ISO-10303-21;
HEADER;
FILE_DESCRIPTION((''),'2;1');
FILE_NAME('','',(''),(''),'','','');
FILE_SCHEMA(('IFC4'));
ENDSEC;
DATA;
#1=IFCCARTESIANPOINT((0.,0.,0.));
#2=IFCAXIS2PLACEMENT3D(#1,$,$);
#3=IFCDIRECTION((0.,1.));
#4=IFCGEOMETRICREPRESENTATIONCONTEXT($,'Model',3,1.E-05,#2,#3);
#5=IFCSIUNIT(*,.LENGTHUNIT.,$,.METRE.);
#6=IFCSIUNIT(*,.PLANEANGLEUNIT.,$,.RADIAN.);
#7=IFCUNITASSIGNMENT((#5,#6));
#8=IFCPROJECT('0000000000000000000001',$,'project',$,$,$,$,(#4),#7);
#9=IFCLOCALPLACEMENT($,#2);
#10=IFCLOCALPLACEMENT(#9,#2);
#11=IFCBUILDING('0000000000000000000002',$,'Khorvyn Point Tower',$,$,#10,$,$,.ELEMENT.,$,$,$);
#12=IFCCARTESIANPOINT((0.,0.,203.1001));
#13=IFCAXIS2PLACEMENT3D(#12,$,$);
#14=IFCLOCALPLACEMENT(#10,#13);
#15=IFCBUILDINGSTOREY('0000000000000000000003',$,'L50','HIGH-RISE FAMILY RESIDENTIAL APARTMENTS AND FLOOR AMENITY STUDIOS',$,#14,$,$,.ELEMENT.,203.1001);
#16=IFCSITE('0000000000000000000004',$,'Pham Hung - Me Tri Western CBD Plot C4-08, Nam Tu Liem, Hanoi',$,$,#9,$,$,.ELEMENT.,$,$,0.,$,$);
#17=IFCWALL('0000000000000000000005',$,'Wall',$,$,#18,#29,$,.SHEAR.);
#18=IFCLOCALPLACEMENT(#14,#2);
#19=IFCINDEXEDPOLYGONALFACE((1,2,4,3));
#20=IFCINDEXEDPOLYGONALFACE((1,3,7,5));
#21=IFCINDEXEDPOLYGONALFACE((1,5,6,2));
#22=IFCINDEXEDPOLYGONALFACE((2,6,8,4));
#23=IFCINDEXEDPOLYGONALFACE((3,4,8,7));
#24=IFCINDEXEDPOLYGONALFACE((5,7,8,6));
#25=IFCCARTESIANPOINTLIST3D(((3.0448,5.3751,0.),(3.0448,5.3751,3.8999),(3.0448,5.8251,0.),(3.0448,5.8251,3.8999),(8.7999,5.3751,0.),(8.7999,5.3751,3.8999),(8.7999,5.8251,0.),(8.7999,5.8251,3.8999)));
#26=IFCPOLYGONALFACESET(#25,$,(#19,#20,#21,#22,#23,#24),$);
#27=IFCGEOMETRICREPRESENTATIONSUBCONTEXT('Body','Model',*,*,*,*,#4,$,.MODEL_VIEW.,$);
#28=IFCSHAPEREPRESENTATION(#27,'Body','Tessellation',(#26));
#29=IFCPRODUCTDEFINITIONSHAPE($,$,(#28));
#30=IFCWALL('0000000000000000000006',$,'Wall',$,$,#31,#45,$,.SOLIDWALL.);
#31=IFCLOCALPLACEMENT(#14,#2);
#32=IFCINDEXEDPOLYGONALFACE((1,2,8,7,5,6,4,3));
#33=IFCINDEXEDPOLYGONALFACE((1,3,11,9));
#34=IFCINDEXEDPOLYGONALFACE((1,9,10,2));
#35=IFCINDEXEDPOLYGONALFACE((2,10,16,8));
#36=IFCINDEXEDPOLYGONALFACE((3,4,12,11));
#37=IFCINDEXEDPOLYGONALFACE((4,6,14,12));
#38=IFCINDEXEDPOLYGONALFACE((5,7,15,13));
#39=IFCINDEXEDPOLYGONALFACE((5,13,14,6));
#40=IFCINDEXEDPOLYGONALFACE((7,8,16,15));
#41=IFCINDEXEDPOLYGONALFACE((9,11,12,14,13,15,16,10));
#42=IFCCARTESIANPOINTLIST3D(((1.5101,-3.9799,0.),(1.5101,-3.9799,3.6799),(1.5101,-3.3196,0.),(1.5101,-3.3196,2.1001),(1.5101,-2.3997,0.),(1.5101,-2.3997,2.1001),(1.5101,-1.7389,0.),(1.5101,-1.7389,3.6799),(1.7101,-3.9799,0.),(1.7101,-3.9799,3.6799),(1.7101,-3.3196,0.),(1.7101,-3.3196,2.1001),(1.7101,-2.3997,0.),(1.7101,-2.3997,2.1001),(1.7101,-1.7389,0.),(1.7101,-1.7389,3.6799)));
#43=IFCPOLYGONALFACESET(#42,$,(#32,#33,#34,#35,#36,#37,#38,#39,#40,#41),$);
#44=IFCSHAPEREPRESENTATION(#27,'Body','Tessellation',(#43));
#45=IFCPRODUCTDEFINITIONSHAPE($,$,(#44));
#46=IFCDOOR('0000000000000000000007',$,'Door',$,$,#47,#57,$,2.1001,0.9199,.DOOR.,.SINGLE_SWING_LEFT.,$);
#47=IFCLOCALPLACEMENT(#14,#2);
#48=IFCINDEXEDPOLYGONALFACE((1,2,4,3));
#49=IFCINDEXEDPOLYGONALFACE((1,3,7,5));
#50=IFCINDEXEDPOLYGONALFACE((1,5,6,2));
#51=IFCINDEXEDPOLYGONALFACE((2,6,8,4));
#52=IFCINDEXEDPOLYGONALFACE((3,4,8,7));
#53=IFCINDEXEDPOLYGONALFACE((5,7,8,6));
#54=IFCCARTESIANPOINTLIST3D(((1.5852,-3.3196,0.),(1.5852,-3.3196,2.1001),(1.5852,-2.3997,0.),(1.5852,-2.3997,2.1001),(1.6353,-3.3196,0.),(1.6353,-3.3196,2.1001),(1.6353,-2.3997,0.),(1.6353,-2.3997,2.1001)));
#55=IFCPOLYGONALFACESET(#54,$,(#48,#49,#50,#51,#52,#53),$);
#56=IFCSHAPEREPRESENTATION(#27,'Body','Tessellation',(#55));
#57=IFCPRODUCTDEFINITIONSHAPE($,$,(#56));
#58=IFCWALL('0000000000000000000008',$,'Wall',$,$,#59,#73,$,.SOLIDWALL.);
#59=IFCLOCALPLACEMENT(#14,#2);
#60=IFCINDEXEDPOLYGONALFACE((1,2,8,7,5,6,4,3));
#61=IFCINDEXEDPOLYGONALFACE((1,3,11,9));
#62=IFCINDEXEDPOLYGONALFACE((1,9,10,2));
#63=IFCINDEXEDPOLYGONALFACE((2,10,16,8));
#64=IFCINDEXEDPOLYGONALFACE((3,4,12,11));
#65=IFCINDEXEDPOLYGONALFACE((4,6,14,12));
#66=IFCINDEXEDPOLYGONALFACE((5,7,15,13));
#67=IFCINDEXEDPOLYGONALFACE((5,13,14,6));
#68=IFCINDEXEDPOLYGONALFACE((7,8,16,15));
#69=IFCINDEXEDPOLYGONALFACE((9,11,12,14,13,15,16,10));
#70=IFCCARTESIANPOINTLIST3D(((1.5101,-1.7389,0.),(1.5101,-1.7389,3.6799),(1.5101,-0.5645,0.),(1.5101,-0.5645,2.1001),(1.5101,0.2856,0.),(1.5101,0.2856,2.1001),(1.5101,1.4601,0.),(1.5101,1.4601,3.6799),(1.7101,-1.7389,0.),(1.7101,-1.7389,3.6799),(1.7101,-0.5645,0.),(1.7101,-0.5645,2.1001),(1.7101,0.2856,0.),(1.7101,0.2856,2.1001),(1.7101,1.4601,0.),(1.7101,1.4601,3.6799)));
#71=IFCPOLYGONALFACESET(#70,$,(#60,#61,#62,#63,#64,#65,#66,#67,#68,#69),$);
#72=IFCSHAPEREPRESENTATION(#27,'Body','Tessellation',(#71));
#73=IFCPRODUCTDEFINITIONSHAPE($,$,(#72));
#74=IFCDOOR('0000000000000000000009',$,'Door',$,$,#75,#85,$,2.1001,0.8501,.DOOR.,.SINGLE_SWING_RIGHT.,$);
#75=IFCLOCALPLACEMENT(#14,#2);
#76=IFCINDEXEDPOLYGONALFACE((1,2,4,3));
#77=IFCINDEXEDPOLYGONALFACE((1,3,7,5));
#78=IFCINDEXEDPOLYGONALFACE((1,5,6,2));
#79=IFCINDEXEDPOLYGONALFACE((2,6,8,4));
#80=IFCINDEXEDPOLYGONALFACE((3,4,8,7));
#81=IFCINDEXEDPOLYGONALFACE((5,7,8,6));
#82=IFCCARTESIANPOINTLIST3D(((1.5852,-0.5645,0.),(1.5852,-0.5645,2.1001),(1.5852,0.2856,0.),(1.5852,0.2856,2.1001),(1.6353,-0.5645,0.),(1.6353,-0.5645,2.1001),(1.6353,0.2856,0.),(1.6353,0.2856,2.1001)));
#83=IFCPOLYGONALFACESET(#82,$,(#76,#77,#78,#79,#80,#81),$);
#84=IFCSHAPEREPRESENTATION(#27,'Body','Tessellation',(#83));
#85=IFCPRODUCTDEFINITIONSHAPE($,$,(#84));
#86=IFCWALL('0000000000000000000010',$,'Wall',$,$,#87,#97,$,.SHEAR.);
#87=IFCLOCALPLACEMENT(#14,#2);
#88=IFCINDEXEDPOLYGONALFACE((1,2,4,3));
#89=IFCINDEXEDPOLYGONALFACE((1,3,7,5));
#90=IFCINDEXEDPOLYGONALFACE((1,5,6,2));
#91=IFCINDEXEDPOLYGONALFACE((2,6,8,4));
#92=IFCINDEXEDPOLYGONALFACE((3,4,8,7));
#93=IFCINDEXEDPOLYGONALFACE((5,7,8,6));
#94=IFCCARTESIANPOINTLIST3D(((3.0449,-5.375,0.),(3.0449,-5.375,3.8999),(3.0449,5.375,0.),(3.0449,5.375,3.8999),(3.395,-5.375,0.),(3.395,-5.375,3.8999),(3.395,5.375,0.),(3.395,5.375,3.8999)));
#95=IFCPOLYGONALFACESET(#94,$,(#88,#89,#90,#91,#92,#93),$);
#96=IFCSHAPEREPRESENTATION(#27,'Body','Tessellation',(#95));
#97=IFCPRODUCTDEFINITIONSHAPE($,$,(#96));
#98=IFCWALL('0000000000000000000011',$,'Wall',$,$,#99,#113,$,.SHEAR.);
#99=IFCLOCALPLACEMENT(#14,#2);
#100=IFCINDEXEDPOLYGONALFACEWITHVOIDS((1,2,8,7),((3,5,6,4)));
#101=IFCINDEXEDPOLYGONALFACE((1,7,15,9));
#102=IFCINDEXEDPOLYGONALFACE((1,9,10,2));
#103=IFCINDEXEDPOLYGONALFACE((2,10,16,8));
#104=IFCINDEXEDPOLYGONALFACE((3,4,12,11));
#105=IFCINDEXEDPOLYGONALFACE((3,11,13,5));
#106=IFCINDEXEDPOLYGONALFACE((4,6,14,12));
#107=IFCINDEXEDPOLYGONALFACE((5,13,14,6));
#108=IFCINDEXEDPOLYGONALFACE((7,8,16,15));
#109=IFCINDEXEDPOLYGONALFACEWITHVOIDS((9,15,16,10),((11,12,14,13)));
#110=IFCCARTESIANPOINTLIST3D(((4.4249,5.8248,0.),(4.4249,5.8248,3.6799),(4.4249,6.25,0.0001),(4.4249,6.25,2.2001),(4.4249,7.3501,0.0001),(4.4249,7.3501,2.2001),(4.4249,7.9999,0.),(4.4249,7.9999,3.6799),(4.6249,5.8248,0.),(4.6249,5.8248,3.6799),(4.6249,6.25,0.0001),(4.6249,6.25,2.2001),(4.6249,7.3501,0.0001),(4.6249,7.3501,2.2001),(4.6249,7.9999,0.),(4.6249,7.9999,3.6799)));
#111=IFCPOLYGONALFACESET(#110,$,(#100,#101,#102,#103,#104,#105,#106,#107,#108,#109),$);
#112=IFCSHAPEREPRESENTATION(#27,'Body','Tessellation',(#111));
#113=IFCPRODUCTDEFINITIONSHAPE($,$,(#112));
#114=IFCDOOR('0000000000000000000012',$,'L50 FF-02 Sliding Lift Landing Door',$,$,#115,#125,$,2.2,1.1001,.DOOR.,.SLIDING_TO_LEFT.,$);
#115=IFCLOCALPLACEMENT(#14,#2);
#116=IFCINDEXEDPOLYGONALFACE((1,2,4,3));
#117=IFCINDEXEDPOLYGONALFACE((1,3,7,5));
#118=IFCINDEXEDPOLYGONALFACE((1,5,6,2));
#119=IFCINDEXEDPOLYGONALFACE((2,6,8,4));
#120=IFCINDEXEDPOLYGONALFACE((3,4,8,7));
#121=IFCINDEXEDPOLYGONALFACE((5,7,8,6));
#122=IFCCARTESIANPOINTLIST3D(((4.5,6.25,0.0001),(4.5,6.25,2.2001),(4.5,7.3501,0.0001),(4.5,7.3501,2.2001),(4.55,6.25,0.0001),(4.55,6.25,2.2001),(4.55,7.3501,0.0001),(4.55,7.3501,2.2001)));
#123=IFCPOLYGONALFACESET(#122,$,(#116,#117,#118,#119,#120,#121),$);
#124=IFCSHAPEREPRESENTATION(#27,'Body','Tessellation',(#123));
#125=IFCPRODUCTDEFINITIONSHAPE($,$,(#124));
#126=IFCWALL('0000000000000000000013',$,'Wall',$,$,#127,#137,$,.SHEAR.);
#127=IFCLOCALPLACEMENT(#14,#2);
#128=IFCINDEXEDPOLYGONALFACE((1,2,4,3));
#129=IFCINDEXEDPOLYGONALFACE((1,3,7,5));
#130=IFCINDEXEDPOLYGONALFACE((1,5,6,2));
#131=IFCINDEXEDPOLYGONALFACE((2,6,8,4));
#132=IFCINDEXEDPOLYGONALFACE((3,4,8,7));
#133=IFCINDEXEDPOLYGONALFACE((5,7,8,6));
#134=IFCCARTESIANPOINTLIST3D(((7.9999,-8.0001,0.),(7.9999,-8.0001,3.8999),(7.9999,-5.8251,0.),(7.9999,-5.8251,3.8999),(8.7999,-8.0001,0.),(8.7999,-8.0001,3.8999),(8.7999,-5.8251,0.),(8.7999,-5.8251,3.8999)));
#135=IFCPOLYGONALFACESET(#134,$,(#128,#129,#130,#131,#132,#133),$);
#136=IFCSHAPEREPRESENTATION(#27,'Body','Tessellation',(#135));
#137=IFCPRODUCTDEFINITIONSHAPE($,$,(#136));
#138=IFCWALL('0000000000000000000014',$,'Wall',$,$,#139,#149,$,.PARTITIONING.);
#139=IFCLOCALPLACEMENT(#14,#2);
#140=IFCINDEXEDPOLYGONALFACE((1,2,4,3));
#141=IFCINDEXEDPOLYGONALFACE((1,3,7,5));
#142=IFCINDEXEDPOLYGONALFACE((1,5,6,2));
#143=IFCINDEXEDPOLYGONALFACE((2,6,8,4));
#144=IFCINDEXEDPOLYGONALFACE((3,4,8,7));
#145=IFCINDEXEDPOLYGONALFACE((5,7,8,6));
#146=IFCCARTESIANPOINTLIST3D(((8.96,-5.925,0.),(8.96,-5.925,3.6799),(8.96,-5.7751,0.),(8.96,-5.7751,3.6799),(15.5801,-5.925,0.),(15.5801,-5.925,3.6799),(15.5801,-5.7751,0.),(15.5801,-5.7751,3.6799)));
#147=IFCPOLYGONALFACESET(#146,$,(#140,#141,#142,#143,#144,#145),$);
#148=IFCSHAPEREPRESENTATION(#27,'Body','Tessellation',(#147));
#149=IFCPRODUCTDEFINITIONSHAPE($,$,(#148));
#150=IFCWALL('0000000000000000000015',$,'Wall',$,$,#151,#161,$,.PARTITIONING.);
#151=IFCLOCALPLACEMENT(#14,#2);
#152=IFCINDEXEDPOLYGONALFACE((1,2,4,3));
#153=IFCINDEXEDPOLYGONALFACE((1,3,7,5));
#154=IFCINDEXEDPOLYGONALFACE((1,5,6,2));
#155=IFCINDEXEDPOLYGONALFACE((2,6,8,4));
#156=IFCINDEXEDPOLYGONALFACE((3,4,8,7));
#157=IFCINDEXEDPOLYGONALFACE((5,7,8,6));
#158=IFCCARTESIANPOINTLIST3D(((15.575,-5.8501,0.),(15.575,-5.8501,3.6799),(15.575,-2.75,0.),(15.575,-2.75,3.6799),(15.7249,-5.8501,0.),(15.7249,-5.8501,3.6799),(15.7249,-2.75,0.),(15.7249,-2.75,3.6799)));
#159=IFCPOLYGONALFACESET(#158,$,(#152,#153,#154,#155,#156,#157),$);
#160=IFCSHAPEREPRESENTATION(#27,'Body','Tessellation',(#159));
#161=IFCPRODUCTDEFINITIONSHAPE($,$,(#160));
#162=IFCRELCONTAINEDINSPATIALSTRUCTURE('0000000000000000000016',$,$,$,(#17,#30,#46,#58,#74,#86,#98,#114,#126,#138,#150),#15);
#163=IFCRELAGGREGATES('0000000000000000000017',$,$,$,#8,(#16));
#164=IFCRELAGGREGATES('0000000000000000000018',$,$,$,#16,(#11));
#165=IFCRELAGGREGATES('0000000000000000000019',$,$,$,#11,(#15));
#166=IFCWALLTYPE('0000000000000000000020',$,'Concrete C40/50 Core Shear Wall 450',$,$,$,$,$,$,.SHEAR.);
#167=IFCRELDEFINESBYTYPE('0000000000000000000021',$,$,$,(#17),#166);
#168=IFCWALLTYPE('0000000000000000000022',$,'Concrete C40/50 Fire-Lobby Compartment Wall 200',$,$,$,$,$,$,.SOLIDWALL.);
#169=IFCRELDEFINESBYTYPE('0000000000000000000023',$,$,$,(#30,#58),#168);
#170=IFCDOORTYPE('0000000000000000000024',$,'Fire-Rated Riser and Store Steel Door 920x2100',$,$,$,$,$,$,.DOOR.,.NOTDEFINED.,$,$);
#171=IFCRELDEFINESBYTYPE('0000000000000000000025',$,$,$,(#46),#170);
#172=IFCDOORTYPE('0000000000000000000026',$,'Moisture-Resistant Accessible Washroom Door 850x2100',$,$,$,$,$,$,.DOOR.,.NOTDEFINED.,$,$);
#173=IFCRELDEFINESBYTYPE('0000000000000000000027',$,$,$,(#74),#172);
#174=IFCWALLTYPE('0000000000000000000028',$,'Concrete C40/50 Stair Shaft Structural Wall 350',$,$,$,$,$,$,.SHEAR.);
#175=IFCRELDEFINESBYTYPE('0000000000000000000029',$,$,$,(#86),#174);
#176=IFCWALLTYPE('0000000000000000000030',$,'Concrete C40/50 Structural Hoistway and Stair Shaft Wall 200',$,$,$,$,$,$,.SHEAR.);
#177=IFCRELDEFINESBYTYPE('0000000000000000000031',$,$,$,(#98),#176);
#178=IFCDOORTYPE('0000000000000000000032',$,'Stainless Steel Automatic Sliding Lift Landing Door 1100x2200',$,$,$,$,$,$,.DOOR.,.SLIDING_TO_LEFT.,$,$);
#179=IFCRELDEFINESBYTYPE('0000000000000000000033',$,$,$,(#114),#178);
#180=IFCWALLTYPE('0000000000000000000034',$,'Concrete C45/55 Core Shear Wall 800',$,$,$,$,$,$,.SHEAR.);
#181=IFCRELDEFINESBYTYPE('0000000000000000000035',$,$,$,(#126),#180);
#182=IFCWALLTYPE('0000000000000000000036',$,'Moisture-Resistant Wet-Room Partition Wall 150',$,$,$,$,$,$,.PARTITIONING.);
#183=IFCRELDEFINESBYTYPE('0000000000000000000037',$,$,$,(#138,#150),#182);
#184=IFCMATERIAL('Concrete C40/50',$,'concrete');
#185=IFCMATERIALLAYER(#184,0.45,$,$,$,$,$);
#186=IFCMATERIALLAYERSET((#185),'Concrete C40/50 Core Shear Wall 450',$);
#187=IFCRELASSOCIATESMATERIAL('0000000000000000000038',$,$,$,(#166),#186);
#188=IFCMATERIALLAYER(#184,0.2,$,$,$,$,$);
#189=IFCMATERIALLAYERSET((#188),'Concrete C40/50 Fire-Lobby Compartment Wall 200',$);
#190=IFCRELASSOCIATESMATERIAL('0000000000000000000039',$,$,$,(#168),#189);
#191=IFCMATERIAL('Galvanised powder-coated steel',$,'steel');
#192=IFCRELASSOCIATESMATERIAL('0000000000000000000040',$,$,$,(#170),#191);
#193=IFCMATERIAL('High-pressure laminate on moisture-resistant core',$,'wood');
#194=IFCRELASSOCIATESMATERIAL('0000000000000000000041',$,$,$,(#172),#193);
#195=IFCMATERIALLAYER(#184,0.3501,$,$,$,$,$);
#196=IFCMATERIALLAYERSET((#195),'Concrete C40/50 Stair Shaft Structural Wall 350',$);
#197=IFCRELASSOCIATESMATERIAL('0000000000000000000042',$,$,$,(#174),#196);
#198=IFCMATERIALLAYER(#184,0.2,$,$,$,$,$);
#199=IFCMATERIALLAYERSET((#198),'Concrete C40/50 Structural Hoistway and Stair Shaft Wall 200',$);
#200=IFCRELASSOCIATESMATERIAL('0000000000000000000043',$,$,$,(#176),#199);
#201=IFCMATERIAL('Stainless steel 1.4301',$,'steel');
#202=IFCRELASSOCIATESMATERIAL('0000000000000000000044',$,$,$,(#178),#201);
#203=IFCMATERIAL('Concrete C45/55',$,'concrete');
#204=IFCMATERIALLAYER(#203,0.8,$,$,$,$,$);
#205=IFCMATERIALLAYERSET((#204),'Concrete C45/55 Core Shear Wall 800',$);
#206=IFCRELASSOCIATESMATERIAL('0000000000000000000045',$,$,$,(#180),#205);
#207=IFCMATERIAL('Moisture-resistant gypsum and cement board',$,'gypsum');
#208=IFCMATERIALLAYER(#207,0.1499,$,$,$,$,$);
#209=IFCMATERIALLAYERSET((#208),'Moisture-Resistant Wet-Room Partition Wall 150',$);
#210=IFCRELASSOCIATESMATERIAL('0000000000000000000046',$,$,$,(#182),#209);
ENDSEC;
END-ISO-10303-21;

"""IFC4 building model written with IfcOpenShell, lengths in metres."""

from ifc_helpers import new_model, si_unit, direction, frame, frame_2d, origin, place, context, subcontext, project, spatial, rectangle, extrude, material, layer, layer_set, type_object, element, fill, save


model = new_model("IFC4")

# Units and contexts
model_context = context("Model", 3, precision=1e-05, world=origin(), true_north=direction((0.0, 1.0)))
body_context = subcontext(model_context, "Body", "Model", "MODEL_VIEW")
ifc_project = project(units=[si_unit("LENGTHUNIT", "METRE"), si_unit("PLANEANGLEUNIT", "RADIAN")], contexts=[model_context])

# Site, building, storey
site_placement = place(None, origin())
site = spatial("IfcSite", under=ifc_project, at=site_placement, Name="Pham Hung - Me Tri Western CBD Plot C4-08, Nam Tu Liem, Hanoi", CompositionType="ELEMENT", RefElevation=0.0)
building_placement = place(site_placement, origin())
building = spatial("IfcBuilding", under=site, at=building_placement, Name="Khorvyn Point Tower", CompositionType="ELEMENT")
storey_placement = place(building_placement, frame((0.0, 0.0, 203.1001)))
storey = spatial("IfcBuildingStorey", under=building, at=storey_placement, Name="L50", Description="HIGH-RISE FAMILY RESIDENTIAL APARTMENTS AND FLOOR AMENITY STUDIOS", CompositionType="ELEMENT", Elevation=203.1001)

# Shared definitions
ifc_material_1 = material(Name="Concrete C45/55", Category="concrete")

# Wall
ifc_material_2 = material(Name="Concrete C40/50", Category="concrete")
ifc_layer_1 = layer(ifc_material_2, 0.45)
ifc_layer_set_1 = layer_set([ifc_layer_1], Name="Concrete C40/50 Core Shear Wall 450")
wall_type_1 = type_object("IfcWallType", Name="Concrete C40/50 Core Shear Wall 450", PredefinedType="SHEAR", material=ifc_layer_set_1)
for number, where, z_axis, x_axis, name in (
    (1, (3.0449, 5.6001, 0.0), (0.0, 0.0, 1.0), (1.0, 0.0, 0.0), "Wall"),
):
    element("IfcWall", number, at=place(storey_placement, frame(where, z_axis=z_axis, x_axis=x_axis)), inside=storey, type_object=wall_type_1, Name=name, PredefinedType="SHEAR", context=body_context, shape_type="SweptSolid", body=[
        extrude(rectangle(XDim=5.7551, YDim=0.45, at=frame_2d((2.8774, 0.0))), origin(), (0.0, 0.0, 1.0), 3.8999),
    ])

# Walls, openings, doors
ifc_layer_2 = layer(ifc_material_2, 0.2)
ifc_layer_set_2 = layer_set([ifc_layer_2], Name="Concrete C40/50 Fire-Lobby Compartment Wall 200")
wall_type_2 = type_object("IfcWallType", Name="Concrete C40/50 Fire-Lobby Compartment Wall 200", PredefinedType="SOLIDWALL", material=ifc_layer_set_2)
wall_1_placement = place(storey_placement, frame((1.6101, -3.98, 0.0), z_axis=(0.0, 0.0, 1.0), x_axis=(0.0, 1.0, 0.0)))
wall_1 = element("IfcWall", 2, at=wall_1_placement, inside=storey, type_object=wall_type_2, Name="Wall", PredefinedType="SOLIDWALL", context=body_context, shape_type="SweptSolid", body=[
    extrude(rectangle(XDim=2.241, YDim=0.2, at=frame_2d((1.1206, 0.0))), origin(), (0.0, 0.0, 1.0), 3.6799),
])
opening_1_placement = place(wall_1_placement, frame((0.6604, 0.0, 0.0)))
opening_1 = element("IfcOpeningElement", 3, at=opening_1_placement, cuts=wall_1, PredefinedType="OPENING", context=body_context, shape_type="SweptSolid", body=[
    extrude(rectangle(XDim=0.9199, YDim=2.1001, at=frame_2d((0.46, 1.05))), frame((0.0, 0.1099, 0.0), z_axis=(0.0, -1.0, 0.0), x_axis=(1.0, 0.0, 0.0)), (0.0, 0.0, 1.0), 0.22),
])
ifc_material_3 = material(Name="Galvanised powder-coated steel", Category="steel")
door_type_1 = type_object("IfcDoorType", Name="Fire-Rated Riser and Store Steel Door 920x2100", OperationType="NOTDEFINED", PredefinedType="DOOR", material=ifc_material_3)
door_1_placement = place(opening_1_placement, origin())
door_1 = element("IfcDoor", 4, at=door_1_placement, inside=storey, type_object=door_type_1, Name="Door", OperationType="SINGLE_SWING_LEFT", OverallHeight=2.1001, OverallWidth=0.9199, PredefinedType="DOOR", context=body_context, shape_type="SweptSolid", body=[
    extrude(rectangle(XDim=0.9199, YDim=2.1001, at=frame_2d((0.46, 1.05))), frame((0.0, 0.0249, 0.0), z_axis=(0.0, -1.0, 0.0), x_axis=(1.0, 0.0, 0.0)), (0.0, 0.0, 1.0), 0.05),
])
fill(opening_1, door_1)
wall_2_placement = place(storey_placement, frame((1.6101, -1.739, 0.0), z_axis=(0.0, 0.0, 1.0), x_axis=(0.0, 1.0, 0.0)))
wall_2 = element("IfcWall", 5, at=wall_2_placement, inside=storey, type_object=wall_type_2, Name="Wall", PredefinedType="SOLIDWALL", context=body_context, shape_type="SweptSolid", body=[
    extrude(rectangle(XDim=3.199, YDim=0.2, at=frame_2d((1.5996, 0.0))), origin(), (0.0, 0.0, 1.0), 3.6799),
])
opening_2_placement = place(wall_2_placement, frame((1.1746, 0.0, 0.0)))
opening_2 = element("IfcOpeningElement", 6, at=opening_2_placement, cuts=wall_2, PredefinedType="OPENING", context=body_context, shape_type="SweptSolid", body=[
    extrude(rectangle(XDim=0.8501, YDim=2.1001, at=frame_2d((0.425, 1.05))), frame((0.0, 0.1099, 0.0), z_axis=(0.0, -1.0, 0.0), x_axis=(1.0, 0.0, 0.0)), (0.0, 0.0, 1.0), 0.22),
])
ifc_material_4 = material(Name="High-pressure laminate on moisture-resistant core", Category="wood")
door_type_2 = type_object("IfcDoorType", Name="Moisture-Resistant Accessible Washroom Door 850x2100", OperationType="NOTDEFINED", PredefinedType="DOOR", material=ifc_material_4)
door_2_placement = place(opening_2_placement, origin())
door_2 = element("IfcDoor", 7, at=door_2_placement, inside=storey, type_object=door_type_2, Name="Door", OperationType="SINGLE_SWING_RIGHT", OverallHeight=2.1001, OverallWidth=0.8501, PredefinedType="DOOR", context=body_context, shape_type="SweptSolid", body=[
    extrude(rectangle(XDim=0.8501, YDim=2.1001, at=frame_2d((0.425, 1.05))), frame((0.0, 0.0249, 0.0), z_axis=(0.0, -1.0, 0.0), x_axis=(1.0, 0.0, 0.0)), (0.0, 0.0, 1.0), 0.05),
])
fill(opening_2, door_2)

# Wall
ifc_layer_3 = layer(ifc_material_2, 0.3501)
ifc_layer_set_3 = layer_set([ifc_layer_3], Name="Concrete C40/50 Stair Shaft Structural Wall 350")
wall_type_3 = type_object("IfcWallType", Name="Concrete C40/50 Stair Shaft Structural Wall 350", PredefinedType="SHEAR", material=ifc_layer_set_3)
wall_3_placement = place(storey_placement, frame((3.22, -5.375, 0.0), z_axis=(0.0, 0.0, 1.0), x_axis=(0.0, 1.0, 0.0)))
element("IfcWall", 8, at=wall_3_placement, inside=storey, type_object=wall_type_3, Name="Wall", PredefinedType="SHEAR", context=body_context, shape_type="SweptSolid", body=[
    extrude(rectangle(XDim=10.75, YDim=0.3501, at=frame_2d((5.375, 0.0))), origin(), (0.0, 0.0, 1.0), 3.8999),
])

# Wall, opening, door
ifc_layer_4 = layer(ifc_material_2, 0.2)
ifc_layer_set_4 = layer_set([ifc_layer_4], Name="Concrete C40/50 Structural Hoistway and Stair Shaft Wall 200")
wall_type_4 = type_object("IfcWallType", Name="Concrete C40/50 Structural Hoistway and Stair Shaft Wall 200", PredefinedType="SHEAR", material=ifc_layer_set_4)
wall_4_placement = place(storey_placement, frame((4.5249, 5.825, 0.0), z_axis=(0.0, 0.0, 1.0), x_axis=(0.0, 1.0, 0.0)))
wall_4 = element("IfcWall", 9, at=wall_4_placement, inside=storey, type_object=wall_type_4, Name="Wall", PredefinedType="SHEAR", context=body_context, shape_type="SweptSolid", body=[
    extrude(rectangle(XDim=2.175, YDim=0.2, at=frame_2d((1.0874, 0.0))), origin(), (0.0, 0.0, 1.0), 3.6799),
])
opening_3_placement = place(wall_4_placement, frame((0.425, 0.0, 0.0)))
opening_3 = element("IfcOpeningElement", 10, at=opening_3_placement, cuts=wall_4, PredefinedType="OPENING", context=body_context, shape_type="SweptSolid", body=[
    extrude(rectangle(XDim=1.1001, YDim=2.2, at=frame_2d((0.55, 1.1001))), frame((0.0, 0.1099, 0.0), z_axis=(0.0, -1.0, 0.0), x_axis=(1.0, 0.0, 0.0)), (0.0, 0.0, 1.0), 0.22),
])
ifc_material_5 = material(Name="Stainless steel 1.4301", Category="steel")
door_type_3 = type_object("IfcDoorType", Name="Stainless Steel Automatic Sliding Lift Landing Door 1100x2200", OperationType="SLIDING_TO_LEFT", PredefinedType="DOOR", material=ifc_material_5)
door_3_placement = place(opening_3_placement, origin())
door_3 = element("IfcDoor", 11, at=door_3_placement, inside=storey, type_object=door_type_3, Name="L50 FF-02 Sliding Lift Landing Door", OperationType="SLIDING_TO_LEFT", OverallHeight=2.2, OverallWidth=1.1001, PredefinedType="DOOR", context=body_context, shape_type="SweptSolid", body=[
    extrude(rectangle(XDim=1.1001, YDim=2.2, at=frame_2d((0.55, 1.1001))), frame((0.0, 0.0249, 0.0), z_axis=(0.0, -1.0, 0.0), x_axis=(1.0, 0.0, 0.0)), (0.0, 0.0, 1.0), 0.05),
])
fill(opening_3, door_3)

# Walls
ifc_layer_5 = layer(ifc_material_1, 0.8)
ifc_layer_set_5 = layer_set([ifc_layer_5], Name="Concrete C45/55 Core Shear Wall 800")
wall_type_5 = type_object("IfcWallType", Name="Concrete C45/55 Core Shear Wall 800", PredefinedType="SHEAR", material=ifc_layer_set_5)
wall_5_placement = place(storey_placement, frame((8.3999, -8.0, 0.0), z_axis=(0.0, 0.0, 1.0), x_axis=(0.0, 1.0, 0.0)))
element("IfcWall", 12, at=wall_5_placement, inside=storey, type_object=wall_type_5, Name="Wall", PredefinedType="SHEAR", context=body_context, shape_type="SweptSolid", body=[
    extrude(rectangle(XDim=2.175, YDim=0.8, at=frame_2d((1.0874, 0.0))), origin(), (0.0, 0.0, 1.0), 3.8999),
])
ifc_material_6 = material(Name="Moisture-resistant gypsum and cement board", Category="gypsum")
ifc_layer_6 = layer(ifc_material_6, 0.1499)
ifc_layer_set_6 = layer_set([ifc_layer_6], Name="Moisture-Resistant Wet-Room Partition Wall 150")
wall_type_6 = type_object("IfcWallType", Name="Moisture-Resistant Wet-Room Partition Wall 150", PredefinedType="PARTITIONING", material=ifc_layer_set_6)
wall_6_placement = place(storey_placement, frame((8.96, -5.8501, 0.0), z_axis=(0.0, 0.0, 1.0), x_axis=(1.0, 0.0, 0.0)))
element("IfcWall", 13, at=wall_6_placement, inside=storey, type_object=wall_type_6, Name="Wall", PredefinedType="PARTITIONING", context=body_context, shape_type="SweptSolid", body=[
    extrude(rectangle(XDim=6.6201, YDim=0.1499, at=frame_2d((3.3101, 0.0))), origin(), (0.0, 0.0, 1.0), 3.6799),
])
wall_7_placement = place(storey_placement, frame((15.6499, -5.8501, 0.0), z_axis=(0.0, 0.0, 1.0), x_axis=(0.0, 1.0, 0.0)))
element("IfcWall", 14, at=wall_7_placement, inside=storey, type_object=wall_type_6, Name="Wall", PredefinedType="PARTITIONING", context=body_context, shape_type="SweptSolid", body=[
    extrude(rectangle(XDim=3.1001, YDim=0.1499, at=frame_2d((1.55, 0.0))), origin(), (0.0, 0.0, 1.0), 3.6799),
])

save(model, "model.ifc")
